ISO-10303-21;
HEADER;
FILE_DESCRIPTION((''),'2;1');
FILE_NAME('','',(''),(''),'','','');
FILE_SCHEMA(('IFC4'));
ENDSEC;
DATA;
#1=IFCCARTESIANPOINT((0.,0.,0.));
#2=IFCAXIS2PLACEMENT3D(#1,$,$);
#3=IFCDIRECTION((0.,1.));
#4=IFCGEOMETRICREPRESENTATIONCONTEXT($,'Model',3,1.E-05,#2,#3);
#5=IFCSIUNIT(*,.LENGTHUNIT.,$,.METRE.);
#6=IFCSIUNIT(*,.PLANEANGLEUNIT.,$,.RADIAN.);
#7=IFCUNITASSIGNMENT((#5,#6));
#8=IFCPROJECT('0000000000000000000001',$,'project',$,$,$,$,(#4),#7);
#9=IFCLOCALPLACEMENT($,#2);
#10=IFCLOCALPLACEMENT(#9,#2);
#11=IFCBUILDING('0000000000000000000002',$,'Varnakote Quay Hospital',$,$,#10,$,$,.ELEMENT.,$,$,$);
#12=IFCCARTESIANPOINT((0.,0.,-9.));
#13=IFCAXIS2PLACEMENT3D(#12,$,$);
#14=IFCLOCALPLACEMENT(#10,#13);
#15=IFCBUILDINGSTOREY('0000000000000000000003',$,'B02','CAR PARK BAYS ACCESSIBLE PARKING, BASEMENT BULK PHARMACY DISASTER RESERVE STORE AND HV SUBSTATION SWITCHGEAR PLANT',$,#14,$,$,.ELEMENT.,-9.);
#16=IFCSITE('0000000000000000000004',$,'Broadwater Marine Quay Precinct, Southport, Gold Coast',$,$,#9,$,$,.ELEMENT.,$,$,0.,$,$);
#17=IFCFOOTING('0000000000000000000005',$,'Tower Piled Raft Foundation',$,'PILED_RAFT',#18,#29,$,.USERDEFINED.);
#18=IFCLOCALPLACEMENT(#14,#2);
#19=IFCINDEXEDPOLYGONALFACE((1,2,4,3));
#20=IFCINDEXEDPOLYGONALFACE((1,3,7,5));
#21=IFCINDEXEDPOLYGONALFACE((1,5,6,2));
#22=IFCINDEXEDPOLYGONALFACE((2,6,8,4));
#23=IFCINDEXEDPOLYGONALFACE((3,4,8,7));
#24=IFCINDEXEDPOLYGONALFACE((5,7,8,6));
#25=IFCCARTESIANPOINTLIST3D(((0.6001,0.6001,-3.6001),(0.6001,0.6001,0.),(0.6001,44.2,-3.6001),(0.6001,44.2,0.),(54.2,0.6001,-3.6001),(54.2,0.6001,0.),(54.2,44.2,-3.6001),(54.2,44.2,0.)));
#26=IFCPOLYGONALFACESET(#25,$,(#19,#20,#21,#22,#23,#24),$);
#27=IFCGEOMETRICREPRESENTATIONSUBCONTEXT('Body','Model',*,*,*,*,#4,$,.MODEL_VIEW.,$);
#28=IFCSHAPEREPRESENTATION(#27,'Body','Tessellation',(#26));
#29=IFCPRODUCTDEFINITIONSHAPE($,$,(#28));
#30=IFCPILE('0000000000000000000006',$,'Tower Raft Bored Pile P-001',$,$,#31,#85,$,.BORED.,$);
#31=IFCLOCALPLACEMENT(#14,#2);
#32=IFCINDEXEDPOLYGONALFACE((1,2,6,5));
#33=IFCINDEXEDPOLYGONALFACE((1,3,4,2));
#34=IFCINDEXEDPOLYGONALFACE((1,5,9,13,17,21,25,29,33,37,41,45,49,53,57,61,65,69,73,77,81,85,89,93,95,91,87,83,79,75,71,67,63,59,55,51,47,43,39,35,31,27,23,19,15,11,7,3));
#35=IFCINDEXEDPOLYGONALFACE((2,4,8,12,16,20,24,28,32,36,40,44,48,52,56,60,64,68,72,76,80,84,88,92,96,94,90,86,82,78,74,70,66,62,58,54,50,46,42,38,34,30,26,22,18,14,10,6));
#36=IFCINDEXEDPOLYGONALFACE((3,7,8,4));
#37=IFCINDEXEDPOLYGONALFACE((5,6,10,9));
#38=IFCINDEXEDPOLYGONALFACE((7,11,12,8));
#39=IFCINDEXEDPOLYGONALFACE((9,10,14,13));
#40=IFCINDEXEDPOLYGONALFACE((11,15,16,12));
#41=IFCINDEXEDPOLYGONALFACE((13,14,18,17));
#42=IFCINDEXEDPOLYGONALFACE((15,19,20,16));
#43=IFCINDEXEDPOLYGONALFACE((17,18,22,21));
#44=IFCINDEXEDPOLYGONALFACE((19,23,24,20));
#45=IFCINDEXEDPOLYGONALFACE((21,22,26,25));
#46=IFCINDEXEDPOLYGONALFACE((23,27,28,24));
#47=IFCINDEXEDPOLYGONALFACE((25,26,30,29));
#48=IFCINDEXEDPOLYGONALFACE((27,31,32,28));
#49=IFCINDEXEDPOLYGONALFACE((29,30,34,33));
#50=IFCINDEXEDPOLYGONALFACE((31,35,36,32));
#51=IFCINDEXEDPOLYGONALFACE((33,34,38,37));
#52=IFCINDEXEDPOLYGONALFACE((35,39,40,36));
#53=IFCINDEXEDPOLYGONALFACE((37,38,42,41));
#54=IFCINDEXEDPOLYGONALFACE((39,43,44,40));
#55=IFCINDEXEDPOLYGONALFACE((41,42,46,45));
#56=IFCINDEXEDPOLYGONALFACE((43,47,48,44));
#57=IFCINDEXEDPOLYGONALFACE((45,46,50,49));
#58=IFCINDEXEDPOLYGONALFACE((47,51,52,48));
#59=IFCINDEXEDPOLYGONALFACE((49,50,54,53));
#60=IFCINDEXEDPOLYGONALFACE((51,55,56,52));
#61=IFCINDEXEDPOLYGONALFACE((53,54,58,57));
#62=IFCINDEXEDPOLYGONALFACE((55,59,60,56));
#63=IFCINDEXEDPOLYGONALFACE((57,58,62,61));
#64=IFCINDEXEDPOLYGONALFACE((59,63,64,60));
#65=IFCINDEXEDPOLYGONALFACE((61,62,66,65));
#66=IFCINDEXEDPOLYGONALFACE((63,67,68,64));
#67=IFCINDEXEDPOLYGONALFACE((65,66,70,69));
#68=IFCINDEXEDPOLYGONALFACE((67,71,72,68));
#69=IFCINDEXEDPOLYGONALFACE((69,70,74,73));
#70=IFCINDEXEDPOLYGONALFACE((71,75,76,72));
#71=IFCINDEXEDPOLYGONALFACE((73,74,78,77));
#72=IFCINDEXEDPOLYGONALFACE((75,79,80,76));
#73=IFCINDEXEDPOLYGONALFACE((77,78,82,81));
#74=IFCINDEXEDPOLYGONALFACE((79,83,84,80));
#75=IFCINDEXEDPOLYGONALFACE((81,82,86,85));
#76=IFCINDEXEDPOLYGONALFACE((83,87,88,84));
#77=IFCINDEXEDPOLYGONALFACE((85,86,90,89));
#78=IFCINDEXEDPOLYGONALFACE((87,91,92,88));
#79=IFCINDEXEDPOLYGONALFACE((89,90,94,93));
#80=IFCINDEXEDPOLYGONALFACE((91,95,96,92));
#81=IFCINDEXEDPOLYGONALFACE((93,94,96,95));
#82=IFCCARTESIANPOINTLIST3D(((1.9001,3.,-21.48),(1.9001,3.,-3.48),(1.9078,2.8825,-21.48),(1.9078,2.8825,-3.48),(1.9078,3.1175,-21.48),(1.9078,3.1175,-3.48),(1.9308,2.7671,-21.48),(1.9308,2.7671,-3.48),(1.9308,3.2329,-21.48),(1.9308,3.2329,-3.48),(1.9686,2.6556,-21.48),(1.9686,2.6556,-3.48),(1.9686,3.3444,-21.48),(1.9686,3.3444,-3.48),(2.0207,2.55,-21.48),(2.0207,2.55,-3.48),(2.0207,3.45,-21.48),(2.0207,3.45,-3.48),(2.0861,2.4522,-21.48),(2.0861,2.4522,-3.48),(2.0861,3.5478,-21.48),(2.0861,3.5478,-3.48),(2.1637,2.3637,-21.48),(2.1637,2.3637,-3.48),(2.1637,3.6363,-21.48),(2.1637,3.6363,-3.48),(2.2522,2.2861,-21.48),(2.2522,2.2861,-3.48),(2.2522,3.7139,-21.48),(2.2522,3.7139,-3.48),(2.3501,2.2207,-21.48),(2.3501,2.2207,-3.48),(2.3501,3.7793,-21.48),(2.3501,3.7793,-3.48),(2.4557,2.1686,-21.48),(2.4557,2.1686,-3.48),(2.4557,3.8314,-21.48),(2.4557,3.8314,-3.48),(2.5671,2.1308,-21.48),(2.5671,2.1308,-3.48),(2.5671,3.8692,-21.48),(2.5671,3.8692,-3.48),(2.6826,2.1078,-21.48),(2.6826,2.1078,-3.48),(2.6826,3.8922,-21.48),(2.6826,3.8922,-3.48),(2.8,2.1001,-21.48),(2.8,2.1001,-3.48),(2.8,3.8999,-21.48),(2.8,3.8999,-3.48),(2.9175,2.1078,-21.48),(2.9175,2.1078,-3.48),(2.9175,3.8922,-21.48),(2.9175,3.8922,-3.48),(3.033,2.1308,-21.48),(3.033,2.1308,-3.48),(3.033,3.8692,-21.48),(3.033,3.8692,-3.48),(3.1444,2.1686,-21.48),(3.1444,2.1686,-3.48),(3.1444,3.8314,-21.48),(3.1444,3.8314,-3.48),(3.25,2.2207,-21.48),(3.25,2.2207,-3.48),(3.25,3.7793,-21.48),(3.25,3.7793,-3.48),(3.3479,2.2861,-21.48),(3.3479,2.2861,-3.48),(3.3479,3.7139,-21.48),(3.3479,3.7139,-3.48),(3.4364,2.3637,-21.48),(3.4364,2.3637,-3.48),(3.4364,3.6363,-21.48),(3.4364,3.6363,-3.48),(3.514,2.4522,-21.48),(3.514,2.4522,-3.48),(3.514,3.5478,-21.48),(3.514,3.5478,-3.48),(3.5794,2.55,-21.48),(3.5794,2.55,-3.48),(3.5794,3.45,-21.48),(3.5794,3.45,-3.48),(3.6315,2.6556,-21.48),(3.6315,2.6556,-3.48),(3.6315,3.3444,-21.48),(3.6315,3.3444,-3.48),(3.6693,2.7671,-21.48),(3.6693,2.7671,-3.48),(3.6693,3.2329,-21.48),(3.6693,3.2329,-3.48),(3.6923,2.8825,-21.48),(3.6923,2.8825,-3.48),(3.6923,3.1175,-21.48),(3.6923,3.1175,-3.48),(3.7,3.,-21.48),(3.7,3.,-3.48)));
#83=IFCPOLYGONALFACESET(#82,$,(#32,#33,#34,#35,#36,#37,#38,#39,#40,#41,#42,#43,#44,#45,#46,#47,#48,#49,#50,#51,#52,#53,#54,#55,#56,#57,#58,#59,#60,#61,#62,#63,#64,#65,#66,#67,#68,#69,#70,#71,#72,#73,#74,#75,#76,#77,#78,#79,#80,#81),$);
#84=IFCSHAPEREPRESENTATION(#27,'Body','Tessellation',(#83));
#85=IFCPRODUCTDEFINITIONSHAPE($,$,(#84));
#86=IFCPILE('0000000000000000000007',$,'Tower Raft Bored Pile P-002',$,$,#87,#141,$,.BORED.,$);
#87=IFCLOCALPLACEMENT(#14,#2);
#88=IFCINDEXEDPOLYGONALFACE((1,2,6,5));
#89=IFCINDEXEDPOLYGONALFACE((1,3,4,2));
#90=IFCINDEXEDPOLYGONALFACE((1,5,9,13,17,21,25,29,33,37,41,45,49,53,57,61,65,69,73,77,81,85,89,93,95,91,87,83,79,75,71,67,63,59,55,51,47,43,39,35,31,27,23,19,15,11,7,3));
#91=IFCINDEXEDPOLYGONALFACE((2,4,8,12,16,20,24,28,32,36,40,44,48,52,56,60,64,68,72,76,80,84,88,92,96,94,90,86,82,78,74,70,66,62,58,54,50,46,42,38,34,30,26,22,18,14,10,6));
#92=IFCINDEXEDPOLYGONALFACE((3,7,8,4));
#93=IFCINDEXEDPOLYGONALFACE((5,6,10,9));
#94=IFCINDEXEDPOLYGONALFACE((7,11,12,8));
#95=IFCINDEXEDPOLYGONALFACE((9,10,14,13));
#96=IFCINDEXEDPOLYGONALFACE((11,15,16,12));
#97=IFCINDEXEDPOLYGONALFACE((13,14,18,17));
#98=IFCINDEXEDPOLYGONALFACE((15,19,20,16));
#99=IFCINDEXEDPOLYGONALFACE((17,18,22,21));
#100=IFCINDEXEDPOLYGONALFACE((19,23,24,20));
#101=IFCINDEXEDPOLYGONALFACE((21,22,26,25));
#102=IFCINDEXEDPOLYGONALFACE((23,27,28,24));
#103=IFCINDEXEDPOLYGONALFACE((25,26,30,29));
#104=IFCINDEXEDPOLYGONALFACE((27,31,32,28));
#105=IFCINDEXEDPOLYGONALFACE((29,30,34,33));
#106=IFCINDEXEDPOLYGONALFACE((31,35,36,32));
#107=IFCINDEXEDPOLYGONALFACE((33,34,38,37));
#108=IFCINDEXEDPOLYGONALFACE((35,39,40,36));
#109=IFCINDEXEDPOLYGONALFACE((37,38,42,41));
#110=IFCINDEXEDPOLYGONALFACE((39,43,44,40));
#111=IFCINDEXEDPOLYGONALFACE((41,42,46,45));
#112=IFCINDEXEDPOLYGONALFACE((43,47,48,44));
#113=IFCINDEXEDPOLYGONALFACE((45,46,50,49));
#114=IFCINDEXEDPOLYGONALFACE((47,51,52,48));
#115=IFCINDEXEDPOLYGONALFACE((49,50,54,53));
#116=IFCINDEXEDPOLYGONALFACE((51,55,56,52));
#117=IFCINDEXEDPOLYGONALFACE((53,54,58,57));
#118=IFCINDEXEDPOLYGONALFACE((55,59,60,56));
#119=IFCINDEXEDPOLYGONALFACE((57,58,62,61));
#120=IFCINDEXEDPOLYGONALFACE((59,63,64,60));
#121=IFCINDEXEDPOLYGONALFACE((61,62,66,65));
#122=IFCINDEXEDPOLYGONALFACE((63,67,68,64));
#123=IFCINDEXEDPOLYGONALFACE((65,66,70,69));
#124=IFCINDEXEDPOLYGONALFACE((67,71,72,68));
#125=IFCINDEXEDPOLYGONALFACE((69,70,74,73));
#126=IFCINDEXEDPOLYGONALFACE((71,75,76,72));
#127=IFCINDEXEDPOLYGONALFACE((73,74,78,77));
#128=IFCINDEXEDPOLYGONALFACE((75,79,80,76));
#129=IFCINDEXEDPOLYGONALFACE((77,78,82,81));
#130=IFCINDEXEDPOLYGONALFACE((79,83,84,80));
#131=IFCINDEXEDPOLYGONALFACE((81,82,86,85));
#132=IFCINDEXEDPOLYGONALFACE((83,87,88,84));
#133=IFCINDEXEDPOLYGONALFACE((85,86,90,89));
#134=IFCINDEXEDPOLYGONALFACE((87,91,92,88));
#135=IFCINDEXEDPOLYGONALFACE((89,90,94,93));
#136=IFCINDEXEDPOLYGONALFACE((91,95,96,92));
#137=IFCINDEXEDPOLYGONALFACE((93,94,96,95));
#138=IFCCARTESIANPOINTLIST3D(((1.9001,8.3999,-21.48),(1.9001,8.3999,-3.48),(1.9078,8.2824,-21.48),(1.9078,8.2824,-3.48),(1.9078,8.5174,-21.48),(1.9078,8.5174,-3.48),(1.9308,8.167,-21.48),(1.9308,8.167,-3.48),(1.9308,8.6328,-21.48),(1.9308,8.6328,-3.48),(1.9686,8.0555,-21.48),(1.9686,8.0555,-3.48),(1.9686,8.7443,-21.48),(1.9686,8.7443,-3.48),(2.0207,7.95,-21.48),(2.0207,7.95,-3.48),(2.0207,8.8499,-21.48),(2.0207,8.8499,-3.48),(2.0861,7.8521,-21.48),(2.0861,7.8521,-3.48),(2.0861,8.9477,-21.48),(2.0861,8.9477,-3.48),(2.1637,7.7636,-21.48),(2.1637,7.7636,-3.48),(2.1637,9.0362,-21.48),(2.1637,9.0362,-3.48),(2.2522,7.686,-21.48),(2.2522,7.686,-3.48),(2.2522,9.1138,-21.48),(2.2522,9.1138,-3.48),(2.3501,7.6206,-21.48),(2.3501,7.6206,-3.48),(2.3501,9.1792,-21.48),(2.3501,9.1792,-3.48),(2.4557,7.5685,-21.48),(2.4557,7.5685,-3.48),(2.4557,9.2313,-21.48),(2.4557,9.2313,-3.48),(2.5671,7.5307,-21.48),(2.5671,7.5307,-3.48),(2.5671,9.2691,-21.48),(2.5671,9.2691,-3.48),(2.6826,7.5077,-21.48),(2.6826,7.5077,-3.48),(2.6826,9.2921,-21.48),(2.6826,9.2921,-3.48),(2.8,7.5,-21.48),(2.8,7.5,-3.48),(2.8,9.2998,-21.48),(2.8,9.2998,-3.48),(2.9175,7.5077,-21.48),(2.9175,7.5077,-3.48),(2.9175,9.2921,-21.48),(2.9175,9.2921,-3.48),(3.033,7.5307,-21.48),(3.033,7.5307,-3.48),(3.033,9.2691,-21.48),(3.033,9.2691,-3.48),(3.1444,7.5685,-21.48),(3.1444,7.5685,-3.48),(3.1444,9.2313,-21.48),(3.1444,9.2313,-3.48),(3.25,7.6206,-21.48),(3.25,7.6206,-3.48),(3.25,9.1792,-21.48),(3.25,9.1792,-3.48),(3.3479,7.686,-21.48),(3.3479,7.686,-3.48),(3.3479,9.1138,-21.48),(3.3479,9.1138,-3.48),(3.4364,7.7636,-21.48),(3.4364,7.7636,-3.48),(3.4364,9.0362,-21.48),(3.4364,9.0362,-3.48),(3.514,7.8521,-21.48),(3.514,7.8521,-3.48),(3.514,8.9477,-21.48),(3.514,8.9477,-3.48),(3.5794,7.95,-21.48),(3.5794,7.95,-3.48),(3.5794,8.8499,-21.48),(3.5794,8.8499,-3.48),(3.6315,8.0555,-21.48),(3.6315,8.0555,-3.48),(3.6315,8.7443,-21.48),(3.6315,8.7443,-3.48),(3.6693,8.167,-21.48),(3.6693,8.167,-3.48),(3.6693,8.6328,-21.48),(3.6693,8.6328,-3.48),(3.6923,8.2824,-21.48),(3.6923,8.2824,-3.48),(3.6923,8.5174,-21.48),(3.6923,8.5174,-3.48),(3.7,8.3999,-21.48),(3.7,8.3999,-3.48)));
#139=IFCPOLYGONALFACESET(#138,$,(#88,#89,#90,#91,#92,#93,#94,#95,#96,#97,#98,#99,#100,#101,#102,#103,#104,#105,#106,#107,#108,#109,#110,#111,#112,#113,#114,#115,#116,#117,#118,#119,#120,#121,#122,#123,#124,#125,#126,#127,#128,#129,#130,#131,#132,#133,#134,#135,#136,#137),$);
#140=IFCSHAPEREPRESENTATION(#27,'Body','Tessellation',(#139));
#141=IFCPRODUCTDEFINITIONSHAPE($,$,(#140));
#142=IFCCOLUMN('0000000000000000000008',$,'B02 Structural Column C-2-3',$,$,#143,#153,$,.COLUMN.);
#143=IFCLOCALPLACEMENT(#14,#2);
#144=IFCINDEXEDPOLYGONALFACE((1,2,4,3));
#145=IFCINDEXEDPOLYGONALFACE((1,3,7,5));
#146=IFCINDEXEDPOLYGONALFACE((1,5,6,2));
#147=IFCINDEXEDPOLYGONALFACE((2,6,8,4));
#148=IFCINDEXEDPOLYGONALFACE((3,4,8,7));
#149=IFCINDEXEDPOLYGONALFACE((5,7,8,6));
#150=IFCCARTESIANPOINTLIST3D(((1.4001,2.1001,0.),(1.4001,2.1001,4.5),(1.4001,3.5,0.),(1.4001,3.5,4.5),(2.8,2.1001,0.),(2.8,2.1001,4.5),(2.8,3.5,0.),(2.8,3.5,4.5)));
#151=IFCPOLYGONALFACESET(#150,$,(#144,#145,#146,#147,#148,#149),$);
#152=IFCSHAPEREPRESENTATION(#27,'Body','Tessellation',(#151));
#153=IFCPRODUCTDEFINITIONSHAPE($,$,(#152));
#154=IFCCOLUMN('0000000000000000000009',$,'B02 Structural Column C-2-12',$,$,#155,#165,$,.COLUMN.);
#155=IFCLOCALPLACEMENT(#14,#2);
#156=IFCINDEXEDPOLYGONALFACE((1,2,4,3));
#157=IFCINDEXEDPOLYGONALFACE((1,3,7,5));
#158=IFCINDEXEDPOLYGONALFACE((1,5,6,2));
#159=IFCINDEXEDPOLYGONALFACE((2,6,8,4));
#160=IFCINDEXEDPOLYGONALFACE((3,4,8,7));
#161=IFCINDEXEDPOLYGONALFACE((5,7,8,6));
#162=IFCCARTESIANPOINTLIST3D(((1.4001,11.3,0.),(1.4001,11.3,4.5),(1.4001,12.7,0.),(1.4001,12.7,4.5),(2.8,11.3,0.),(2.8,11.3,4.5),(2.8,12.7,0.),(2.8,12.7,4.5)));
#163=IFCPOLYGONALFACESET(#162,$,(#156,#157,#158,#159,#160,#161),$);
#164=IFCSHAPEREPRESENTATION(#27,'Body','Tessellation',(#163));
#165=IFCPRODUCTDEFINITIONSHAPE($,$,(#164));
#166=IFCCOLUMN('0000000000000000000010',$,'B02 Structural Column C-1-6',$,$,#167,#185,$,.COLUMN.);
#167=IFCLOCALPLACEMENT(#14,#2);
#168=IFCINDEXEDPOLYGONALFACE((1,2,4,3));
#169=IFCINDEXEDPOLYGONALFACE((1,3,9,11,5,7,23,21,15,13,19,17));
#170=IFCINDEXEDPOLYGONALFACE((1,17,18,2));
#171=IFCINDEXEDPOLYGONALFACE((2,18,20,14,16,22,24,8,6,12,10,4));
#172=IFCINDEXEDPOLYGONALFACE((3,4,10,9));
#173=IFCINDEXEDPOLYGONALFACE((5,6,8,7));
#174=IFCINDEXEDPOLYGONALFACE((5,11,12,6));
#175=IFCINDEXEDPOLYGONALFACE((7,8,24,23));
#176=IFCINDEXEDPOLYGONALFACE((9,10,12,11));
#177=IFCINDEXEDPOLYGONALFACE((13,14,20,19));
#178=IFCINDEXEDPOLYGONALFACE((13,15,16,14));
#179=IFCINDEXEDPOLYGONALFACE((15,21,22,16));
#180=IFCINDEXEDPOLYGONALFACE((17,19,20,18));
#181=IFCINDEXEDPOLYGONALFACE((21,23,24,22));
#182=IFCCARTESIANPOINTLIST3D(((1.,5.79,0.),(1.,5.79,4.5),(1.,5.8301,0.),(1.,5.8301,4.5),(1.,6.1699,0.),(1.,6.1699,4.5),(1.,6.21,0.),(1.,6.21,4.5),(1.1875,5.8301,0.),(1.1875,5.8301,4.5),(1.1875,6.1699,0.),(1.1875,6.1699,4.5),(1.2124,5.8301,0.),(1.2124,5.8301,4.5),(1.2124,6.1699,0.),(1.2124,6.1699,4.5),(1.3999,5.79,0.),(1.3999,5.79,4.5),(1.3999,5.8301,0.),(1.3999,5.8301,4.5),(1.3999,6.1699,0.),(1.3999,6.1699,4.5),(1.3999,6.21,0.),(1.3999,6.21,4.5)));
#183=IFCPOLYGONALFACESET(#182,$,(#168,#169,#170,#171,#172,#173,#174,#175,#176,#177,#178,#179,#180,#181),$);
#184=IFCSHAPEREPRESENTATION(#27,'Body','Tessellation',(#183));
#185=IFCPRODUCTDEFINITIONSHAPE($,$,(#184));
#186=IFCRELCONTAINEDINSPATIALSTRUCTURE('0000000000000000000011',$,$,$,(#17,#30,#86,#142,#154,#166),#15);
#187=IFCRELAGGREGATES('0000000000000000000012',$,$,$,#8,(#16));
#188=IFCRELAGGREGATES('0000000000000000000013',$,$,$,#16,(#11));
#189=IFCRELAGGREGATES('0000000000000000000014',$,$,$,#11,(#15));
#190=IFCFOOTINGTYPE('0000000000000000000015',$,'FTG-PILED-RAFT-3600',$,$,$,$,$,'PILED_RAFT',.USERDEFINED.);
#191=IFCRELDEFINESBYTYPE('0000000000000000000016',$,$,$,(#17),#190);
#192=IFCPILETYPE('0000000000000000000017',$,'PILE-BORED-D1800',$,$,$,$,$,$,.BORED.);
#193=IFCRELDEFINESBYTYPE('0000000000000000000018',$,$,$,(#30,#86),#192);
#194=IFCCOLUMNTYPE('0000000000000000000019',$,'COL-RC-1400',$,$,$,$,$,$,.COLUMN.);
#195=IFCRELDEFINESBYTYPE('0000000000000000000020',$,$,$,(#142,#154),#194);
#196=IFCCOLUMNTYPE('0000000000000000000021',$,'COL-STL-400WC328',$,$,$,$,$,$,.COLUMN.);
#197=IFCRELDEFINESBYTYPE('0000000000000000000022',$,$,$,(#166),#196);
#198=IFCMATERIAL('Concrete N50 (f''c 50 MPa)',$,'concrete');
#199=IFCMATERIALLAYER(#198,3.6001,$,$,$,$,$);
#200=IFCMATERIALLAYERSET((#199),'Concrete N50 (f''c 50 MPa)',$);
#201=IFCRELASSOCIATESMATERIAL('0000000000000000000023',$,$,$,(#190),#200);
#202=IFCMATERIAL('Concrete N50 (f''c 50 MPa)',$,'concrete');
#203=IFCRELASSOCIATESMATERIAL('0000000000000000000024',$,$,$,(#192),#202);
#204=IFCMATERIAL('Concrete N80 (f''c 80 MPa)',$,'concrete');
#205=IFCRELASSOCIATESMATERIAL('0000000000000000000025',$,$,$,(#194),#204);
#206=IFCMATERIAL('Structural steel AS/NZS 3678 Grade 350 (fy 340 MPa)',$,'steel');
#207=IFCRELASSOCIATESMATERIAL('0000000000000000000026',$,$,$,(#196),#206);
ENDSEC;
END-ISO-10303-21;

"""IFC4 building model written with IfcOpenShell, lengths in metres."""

from ifc_helpers import new_model, si_unit, direction, frame, origin, origin_2d, place, context, subcontext, project, spatial, polyline, rectangle, circle, i_section, outline, extrude, material, layer, layer_set, material_profile, profile_set, type_object, element, save


model = new_model("IFC4")

# Units and contexts
model_context = context("Model", 3, precision=1e-05, world=origin(), true_north=direction((0.0, 1.0)))
body_context = subcontext(model_context, "Body", "Model", "MODEL_VIEW")
ifc_project = project(units=[si_unit("LENGTHUNIT", "METRE"), si_unit("PLANEANGLEUNIT", "RADIAN")], contexts=[model_context])

# Site, building, storey
site_placement = place(None, origin())
site = spatial("IfcSite", under=ifc_project, at=site_placement, Name="Broadwater Marine Quay Precinct, Southport, Gold Coast", CompositionType="ELEMENT", RefElevation=0.0)
building_placement = place(site_placement, origin())
building = spatial("IfcBuilding", under=site, at=building_placement, Name="Varnakote Quay Hospital", CompositionType="ELEMENT")
storey_placement = place(building_placement, frame((0.0, 0.0, -9.0)))
storey = spatial("IfcBuildingStorey", under=building, at=storey_placement, Name="B02", Description="CAR PARK BAYS ACCESSIBLE PARKING, BASEMENT BULK PHARMACY DISASTER RESERVE STORE AND HV SUBSTATION SWITCHGEAR PLANT", CompositionType="ELEMENT", Elevation=-9.0)

# Footing
ifc_material_1 = material(Name="Concrete N50 (f'c 50 MPa)", Category="concrete")
ifc_layer_1 = layer(ifc_material_1, 3.6001)
ifc_layer_set_1 = layer_set([ifc_layer_1], Name="Concrete N50 (f'c 50 MPa)")
footing_type = type_object("IfcFootingType", Name="FTG-PILED-RAFT-3600", ElementType="PILED_RAFT", PredefinedType="USERDEFINED", material=ifc_layer_set_1)
footing_placement = place(storey_placement, frame((0.0, 0.0, -3.6001)))
element("IfcFooting", 1, at=footing_placement, inside=storey, type_object=footing_type, Name="Tower Piled Raft Foundation", ObjectType="PILED_RAFT", PredefinedType="USERDEFINED", context=body_context, shape_type="SweptSolid", body=[
    extrude(outline(polyline([(0.6001, 0.6001), (54.2, 0.6001), (54.2, 44.2), (0.6001, 44.2), (0.6001, 0.6001)])), origin(), (0.0, 0.0, 1.0), 3.6001),
])

# Piles
ifc_material_2 = material(Name="Concrete N50 (f'c 50 MPa)", Category="concrete")
ifc_material_profile_1 = material_profile(ifc_material_2, circle(Radius=0.8999, at=origin_2d()), Name="PILE-D1800")
ifc_profile_set_1 = profile_set([ifc_material_profile_1], Name="Concrete N50 (f'c 50 MPa)")
pile_type = type_object("IfcPileType", Name="PILE-BORED-D1800", PredefinedType="BORED", material=ifc_profile_set_1)
for number, where, z_axis, x_axis, name in (
    (2, (2.8, 3.0, -3.48), (0.0, 0.0, -1.0), (1.0, 0.0, 0.0), "Tower Raft Bored Pile P-001"),
    (3, (2.8, 8.3999, -3.48), (0.0, 0.0, -1.0), (1.0, 0.0, 0.0), "Tower Raft Bored Pile P-002"),
):
    element("IfcPile", number, at=place(storey_placement, frame(where, z_axis=z_axis, x_axis=x_axis)), inside=storey, type_object=pile_type, Name=name, PredefinedType="BORED", context=body_context, shape_type="SweptSolid", body=[
        extrude(circle(Radius=0.8999, at=origin_2d()), origin(), (0.0, 0.0, 1.0), 18.0),
    ])

# Columns
ifc_material_3 = material(Name="Concrete N80 (f'c 80 MPa)", Category="concrete")
ifc_material_profile_2 = material_profile(ifc_material_3, rectangle(XDim=1.3999, YDim=1.3999, at=origin_2d()), Name="RC-COL-1400x1400")
ifc_profile_set_2 = profile_set([ifc_material_profile_2], Name="Concrete N80 (f'c 80 MPa)")
column_type_1 = type_object("IfcColumnType", Name="COL-RC-1400", PredefinedType="COLUMN", material=ifc_profile_set_2)
for number, where, z_axis, x_axis, name in (
    (4, (2.1001, 2.8, 0.0), (0.0, 0.0, 1.0), (1.0, 0.0, 0.0), "B02 Structural Column C-2-3"),
    (5, (2.1001, 12.0, 0.0), (0.0, 0.0, 1.0), (1.0, 0.0, 0.0), "B02 Structural Column C-2-12"),
):
    element("IfcColumn", number, at=place(storey_placement, frame(where, z_axis=z_axis, x_axis=x_axis)), inside=storey, type_object=column_type_1, Name=name, PredefinedType="COLUMN", context=body_context, shape_type="SweptSolid", body=[
        extrude(rectangle(XDim=1.3999, YDim=1.3999, at=origin_2d()), origin(), (0.0, 0.0, 1.0), 4.5),
    ])
ifc_material_4 = material(Name="Structural steel AS/NZS 3678 Grade 350 (fy 340 MPa)", Category="steel")
ifc_material_profile_3 = material_profile(ifc_material_4, i_section(OverallWidth=0.3999, OverallDepth=0.4199, WebThickness=0.0249, FlangeThickness=0.04, at=origin_2d()), Name="400WC328")
ifc_profile_set_3 = profile_set([ifc_material_profile_3], Name="Structural steel AS/NZS 3678 Grade 350 (fy 340 MPa)")
column_type_2 = type_object("IfcColumnType", Name="COL-STL-400WC328", PredefinedType="COLUMN", material=ifc_profile_set_3)
for number, where, z_axis, x_axis, name in (
    (6, (1.2, 6.0, 0.0), (0.0, 0.0, 1.0), (1.0, 0.0, 0.0), "B02 Structural Column C-1-6"),
):
    element("IfcColumn", number, at=place(storey_placement, frame(where, z_axis=z_axis, x_axis=x_axis)), inside=storey, type_object=column_type_2, Name=name, PredefinedType="COLUMN", context=body_context, shape_type="SweptSolid", body=[
        extrude(i_section(OverallWidth=0.3999, OverallDepth=0.4199, WebThickness=0.0249, FlangeThickness=0.04, at=origin_2d()), origin(), (0.0, 0.0, 1.0), 4.5),
    ])

save(model, "model.ifc")
